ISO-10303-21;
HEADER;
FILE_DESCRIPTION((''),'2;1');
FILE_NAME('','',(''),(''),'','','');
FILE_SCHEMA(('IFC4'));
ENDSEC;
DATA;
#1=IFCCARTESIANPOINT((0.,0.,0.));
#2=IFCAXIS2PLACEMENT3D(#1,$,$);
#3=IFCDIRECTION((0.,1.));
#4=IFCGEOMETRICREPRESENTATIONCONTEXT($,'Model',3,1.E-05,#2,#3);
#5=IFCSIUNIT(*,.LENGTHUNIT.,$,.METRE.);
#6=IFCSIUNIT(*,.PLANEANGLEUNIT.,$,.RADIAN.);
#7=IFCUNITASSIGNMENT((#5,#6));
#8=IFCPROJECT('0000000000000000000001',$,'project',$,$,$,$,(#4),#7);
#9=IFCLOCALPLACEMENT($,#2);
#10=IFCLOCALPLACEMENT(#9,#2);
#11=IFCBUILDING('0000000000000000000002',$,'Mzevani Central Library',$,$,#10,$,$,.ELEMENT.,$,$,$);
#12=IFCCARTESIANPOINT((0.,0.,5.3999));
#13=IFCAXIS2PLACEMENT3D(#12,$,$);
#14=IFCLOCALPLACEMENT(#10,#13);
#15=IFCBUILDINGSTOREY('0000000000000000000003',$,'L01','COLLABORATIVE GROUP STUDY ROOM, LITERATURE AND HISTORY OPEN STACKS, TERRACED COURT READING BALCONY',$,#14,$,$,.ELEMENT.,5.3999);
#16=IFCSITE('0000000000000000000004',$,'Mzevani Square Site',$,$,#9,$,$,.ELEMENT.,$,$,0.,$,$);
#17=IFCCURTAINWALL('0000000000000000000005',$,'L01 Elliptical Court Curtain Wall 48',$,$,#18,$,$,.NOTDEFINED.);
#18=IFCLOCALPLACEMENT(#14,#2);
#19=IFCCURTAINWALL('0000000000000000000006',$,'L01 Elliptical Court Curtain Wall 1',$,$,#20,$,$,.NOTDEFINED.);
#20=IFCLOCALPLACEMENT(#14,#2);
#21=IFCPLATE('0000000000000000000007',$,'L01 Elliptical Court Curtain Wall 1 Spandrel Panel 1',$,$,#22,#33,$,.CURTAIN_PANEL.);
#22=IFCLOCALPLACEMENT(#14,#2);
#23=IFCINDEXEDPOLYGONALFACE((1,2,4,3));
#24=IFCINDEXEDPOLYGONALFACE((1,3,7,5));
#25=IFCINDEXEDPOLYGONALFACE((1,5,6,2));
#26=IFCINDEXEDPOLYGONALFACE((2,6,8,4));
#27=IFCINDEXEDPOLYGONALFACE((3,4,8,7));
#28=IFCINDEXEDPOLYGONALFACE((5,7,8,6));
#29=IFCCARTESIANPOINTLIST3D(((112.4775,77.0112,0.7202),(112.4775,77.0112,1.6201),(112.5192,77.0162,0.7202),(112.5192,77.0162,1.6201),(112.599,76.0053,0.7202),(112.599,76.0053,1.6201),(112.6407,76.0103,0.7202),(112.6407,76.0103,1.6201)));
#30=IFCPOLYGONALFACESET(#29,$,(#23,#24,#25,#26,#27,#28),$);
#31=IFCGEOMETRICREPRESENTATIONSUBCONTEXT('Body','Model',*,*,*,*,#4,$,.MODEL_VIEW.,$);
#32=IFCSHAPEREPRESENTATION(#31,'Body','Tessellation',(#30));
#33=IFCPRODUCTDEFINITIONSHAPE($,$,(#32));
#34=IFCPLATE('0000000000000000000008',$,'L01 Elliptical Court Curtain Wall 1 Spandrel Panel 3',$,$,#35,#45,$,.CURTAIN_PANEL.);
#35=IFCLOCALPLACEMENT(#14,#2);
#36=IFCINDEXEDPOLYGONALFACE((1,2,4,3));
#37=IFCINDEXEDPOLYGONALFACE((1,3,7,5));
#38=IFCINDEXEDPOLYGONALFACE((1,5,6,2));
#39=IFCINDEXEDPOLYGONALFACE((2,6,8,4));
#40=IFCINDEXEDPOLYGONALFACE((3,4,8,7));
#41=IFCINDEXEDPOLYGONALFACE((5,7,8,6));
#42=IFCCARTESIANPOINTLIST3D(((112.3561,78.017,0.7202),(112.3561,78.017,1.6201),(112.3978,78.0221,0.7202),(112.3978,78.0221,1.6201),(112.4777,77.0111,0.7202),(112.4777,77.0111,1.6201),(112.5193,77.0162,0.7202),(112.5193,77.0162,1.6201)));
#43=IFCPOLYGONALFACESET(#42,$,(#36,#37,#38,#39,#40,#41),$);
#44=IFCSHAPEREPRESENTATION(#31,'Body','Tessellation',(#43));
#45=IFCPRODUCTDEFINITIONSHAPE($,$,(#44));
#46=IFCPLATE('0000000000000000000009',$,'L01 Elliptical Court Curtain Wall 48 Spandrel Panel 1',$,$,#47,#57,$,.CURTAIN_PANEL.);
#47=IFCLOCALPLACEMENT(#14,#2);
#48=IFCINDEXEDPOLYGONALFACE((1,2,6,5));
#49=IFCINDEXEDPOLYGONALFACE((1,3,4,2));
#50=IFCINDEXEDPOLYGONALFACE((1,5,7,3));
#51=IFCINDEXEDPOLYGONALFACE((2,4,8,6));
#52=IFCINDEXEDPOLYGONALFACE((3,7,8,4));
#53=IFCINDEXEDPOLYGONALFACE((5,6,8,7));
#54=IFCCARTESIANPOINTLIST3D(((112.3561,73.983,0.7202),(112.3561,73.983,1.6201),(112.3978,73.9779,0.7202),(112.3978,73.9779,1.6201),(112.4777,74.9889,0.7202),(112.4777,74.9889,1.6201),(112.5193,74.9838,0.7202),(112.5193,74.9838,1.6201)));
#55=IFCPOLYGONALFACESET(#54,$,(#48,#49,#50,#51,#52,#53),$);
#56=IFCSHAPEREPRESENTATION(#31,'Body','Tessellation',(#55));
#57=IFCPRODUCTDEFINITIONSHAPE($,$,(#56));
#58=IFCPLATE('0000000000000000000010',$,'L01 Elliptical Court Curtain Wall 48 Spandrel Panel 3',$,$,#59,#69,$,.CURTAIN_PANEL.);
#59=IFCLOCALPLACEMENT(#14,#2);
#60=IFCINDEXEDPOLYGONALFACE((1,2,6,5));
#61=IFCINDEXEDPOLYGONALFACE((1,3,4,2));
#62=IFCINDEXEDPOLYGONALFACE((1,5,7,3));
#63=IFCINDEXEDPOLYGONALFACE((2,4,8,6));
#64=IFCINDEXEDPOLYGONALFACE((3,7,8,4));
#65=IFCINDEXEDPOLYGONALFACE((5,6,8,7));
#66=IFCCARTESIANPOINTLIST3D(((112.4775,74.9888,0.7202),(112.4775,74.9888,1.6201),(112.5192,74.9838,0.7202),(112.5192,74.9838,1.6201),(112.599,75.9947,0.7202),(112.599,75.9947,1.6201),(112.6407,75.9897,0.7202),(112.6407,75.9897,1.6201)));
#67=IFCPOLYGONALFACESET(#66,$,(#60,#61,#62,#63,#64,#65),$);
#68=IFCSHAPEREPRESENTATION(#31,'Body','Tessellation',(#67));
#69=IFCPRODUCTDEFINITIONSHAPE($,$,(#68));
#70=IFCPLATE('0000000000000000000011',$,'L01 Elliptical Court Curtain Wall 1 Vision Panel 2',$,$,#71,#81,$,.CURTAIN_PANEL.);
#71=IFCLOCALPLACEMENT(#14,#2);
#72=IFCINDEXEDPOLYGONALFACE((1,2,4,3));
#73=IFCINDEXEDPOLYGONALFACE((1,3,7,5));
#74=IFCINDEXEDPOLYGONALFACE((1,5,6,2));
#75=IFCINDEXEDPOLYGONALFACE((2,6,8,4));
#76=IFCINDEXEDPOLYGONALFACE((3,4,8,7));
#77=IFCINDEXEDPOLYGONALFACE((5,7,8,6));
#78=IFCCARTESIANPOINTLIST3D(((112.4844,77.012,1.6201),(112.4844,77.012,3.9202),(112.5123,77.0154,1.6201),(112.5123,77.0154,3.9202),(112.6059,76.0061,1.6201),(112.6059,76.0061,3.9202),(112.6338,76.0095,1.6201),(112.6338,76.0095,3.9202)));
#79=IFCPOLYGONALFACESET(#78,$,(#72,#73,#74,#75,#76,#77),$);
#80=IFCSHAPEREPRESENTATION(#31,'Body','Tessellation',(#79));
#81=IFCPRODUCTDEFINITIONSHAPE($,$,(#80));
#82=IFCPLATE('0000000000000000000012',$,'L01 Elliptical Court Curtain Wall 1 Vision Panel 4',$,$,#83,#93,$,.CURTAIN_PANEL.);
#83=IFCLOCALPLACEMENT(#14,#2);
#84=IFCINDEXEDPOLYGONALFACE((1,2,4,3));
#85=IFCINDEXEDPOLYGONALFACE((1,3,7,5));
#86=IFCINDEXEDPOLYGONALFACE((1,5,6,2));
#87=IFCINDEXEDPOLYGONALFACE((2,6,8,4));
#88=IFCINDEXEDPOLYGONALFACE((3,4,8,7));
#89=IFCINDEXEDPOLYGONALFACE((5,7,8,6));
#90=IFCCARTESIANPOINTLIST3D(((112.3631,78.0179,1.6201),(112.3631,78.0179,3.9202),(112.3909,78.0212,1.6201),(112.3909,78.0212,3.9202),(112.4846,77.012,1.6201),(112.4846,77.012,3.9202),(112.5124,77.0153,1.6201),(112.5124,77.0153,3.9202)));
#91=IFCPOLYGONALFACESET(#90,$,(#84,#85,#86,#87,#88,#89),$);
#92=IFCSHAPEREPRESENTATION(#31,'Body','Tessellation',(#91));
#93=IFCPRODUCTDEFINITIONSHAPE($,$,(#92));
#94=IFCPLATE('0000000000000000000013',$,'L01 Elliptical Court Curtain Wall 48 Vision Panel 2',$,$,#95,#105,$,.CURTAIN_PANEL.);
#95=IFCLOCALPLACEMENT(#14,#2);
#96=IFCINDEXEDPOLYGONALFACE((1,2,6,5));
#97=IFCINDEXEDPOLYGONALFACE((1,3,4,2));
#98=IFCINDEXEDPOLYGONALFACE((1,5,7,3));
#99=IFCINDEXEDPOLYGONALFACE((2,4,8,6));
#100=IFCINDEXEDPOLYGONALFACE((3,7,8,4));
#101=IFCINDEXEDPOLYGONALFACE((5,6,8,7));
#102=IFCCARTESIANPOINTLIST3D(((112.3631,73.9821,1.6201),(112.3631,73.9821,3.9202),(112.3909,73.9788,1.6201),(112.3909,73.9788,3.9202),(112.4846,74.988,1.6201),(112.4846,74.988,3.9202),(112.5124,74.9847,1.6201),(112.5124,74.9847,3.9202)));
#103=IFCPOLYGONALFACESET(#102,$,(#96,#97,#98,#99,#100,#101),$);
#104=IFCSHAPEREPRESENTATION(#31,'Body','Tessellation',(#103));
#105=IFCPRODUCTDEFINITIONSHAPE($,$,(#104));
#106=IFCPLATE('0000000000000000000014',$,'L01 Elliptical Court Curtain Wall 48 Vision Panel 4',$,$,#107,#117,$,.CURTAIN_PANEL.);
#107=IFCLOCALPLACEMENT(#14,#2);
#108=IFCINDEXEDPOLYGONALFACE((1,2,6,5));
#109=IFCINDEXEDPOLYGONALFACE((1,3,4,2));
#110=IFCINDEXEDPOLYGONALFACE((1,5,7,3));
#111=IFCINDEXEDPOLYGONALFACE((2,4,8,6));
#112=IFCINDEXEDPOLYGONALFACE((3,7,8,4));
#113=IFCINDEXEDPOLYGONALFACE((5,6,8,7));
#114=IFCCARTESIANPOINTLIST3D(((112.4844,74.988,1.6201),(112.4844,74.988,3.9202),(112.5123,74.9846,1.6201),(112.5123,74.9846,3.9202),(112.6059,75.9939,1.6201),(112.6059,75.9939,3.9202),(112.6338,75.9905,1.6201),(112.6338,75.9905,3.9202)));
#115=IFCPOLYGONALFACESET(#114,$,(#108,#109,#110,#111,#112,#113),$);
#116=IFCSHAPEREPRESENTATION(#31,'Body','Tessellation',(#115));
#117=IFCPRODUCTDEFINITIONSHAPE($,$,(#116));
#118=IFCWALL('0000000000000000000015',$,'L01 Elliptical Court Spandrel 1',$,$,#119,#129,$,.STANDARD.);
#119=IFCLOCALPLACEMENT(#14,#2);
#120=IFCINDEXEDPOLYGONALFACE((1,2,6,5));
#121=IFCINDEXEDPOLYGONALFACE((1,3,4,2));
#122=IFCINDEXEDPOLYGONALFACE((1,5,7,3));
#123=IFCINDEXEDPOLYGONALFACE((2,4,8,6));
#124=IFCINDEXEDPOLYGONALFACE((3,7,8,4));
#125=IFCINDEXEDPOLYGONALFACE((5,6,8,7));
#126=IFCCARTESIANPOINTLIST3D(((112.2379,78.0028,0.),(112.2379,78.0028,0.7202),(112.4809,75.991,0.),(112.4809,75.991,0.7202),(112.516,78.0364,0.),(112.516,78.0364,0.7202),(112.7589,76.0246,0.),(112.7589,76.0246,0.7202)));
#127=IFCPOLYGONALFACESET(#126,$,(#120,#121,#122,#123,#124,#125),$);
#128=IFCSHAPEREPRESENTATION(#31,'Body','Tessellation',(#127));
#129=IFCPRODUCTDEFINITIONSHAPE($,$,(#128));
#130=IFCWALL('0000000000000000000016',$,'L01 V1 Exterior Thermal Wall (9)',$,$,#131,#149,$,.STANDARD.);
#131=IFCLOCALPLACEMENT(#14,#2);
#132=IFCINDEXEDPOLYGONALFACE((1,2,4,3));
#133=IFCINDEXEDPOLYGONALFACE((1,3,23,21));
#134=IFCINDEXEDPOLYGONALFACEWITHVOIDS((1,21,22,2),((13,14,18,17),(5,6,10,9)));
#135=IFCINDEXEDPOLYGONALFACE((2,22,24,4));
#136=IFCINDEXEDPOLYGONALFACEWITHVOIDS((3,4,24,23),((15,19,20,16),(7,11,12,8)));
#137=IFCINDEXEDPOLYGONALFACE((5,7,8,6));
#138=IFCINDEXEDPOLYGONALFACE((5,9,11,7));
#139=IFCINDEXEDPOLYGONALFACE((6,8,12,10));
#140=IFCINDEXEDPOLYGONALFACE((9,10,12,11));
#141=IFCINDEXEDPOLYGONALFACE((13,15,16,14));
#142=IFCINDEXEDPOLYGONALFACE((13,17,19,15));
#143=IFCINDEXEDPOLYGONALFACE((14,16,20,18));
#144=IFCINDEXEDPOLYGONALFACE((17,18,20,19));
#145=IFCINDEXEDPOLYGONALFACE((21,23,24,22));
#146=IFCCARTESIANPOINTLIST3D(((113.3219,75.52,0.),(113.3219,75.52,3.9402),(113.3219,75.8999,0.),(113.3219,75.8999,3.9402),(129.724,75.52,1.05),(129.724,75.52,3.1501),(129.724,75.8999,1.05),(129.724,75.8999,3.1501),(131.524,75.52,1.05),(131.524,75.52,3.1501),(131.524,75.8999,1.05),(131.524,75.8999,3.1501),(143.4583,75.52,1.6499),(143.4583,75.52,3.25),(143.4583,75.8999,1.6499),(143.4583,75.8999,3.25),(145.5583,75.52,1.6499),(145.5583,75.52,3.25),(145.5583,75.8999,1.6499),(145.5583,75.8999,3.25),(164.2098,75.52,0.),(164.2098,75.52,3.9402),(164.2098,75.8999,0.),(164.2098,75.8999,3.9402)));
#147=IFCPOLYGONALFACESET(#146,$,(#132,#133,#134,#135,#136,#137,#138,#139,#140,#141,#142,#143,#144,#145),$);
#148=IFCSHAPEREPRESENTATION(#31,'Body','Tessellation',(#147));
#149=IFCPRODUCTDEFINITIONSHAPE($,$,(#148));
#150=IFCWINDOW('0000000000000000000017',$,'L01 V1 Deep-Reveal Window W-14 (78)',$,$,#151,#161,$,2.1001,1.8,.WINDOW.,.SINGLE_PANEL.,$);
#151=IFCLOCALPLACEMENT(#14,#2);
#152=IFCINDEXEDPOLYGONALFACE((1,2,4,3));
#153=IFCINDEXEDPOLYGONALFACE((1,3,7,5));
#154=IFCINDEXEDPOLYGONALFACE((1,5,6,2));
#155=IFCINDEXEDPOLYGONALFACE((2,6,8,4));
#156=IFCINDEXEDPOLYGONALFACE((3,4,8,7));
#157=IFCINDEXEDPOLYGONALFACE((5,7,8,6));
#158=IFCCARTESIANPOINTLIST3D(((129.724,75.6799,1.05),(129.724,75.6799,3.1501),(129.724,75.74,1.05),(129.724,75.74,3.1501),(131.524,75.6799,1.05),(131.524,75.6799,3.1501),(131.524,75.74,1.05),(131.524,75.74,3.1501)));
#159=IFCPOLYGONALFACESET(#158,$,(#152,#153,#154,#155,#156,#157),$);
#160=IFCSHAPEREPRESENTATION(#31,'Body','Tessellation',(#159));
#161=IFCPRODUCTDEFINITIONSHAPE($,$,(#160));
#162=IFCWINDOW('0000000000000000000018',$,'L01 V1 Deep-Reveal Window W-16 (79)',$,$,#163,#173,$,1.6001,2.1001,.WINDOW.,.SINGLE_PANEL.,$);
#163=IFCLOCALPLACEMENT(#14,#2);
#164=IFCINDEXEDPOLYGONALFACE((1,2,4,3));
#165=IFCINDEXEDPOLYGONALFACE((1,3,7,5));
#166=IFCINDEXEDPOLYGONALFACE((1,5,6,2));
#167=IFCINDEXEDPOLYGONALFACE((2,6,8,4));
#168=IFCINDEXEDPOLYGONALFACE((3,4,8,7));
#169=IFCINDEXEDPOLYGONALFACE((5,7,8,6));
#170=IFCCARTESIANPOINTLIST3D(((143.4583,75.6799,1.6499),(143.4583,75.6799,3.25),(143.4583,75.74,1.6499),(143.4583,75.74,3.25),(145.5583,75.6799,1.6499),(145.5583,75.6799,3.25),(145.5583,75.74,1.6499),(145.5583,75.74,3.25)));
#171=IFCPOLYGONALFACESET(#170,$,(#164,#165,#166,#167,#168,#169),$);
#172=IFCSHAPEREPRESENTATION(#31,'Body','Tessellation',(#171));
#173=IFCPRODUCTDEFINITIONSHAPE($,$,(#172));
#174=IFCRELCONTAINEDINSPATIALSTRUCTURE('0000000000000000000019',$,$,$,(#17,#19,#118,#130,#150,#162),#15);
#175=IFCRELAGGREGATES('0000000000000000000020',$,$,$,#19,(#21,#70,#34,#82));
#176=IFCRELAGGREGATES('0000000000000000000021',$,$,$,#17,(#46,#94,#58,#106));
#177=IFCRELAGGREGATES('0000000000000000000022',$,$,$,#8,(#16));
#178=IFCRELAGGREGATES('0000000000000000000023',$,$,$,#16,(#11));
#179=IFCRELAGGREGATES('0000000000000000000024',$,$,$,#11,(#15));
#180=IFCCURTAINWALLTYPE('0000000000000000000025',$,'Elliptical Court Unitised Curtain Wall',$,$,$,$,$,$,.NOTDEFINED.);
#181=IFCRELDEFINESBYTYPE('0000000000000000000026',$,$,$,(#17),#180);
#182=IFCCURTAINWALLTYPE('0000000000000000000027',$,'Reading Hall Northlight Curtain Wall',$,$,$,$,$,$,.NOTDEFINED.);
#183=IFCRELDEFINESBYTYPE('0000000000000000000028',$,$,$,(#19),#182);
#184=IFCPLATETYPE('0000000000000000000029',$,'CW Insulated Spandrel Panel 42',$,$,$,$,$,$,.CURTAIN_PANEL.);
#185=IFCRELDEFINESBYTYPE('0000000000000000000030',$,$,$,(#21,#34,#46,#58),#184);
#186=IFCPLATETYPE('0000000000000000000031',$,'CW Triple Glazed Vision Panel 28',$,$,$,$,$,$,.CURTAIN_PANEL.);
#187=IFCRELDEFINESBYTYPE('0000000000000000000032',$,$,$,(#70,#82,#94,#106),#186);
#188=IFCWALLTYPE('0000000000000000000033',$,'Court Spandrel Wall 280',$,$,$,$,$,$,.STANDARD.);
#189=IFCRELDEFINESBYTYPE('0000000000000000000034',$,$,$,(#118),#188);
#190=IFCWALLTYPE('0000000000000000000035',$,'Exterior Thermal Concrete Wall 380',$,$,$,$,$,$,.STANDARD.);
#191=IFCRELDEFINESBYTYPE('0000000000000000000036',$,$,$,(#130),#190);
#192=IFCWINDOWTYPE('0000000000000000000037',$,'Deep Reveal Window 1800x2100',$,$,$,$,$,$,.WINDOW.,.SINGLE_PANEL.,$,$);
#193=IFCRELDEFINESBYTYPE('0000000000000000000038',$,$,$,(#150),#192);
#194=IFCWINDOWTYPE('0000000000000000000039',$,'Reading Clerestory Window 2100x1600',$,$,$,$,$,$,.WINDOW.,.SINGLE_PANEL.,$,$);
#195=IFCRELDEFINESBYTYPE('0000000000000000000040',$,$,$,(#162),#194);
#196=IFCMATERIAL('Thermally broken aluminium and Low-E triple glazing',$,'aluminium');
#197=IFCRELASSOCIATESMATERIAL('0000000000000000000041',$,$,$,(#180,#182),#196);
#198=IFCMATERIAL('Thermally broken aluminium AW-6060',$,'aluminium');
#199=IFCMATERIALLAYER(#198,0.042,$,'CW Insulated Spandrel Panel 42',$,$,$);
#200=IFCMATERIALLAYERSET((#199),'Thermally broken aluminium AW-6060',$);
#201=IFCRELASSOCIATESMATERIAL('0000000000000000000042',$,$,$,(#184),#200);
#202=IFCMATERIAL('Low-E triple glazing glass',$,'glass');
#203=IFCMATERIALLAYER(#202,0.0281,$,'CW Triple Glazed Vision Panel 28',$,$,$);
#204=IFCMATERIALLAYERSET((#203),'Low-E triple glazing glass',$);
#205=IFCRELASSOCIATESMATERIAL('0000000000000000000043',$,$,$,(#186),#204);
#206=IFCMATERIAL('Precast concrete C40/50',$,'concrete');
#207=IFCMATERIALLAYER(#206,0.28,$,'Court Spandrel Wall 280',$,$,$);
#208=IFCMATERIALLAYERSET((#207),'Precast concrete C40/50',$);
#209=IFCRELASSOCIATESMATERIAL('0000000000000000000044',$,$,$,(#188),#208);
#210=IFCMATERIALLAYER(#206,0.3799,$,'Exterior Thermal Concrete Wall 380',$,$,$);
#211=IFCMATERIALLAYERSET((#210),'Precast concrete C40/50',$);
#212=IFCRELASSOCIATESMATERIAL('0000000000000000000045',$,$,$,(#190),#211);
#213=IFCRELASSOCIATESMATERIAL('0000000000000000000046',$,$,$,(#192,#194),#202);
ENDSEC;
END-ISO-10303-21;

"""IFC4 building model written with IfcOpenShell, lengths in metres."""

from ifc_helpers import new_model, si_unit, direction, frame, frame_2d, origin, origin_2d, place, context, subcontext, project, spatial, rectangle, extrude, material, layer, layer_set, type_object, element, fill, aggregate, save


model = new_model("IFC4")

# Units and contexts
model_context = context("Model", 3, precision=1e-05, world=origin(), true_north=direction((0.0, 1.0)))
body_context = subcontext(model_context, "Body", "Model", "MODEL_VIEW")
ifc_project = project(units=[si_unit("LENGTHUNIT", "METRE"), si_unit("PLANEANGLEUNIT", "RADIAN")], contexts=[model_context])

# Site, building, storey
site_placement = place(None, origin())
site = spatial("IfcSite", under=ifc_project, at=site_placement, Name="Mzevani Square Site", CompositionType="ELEMENT", RefElevation=0.0)
building_placement = place(site_placement, origin())
building = spatial("IfcBuilding", under=site, at=building_placement, Name="Mzevani Central Library", CompositionType="ELEMENT")
storey_placement = place(building_placement, frame((0.0, 0.0, 5.3999)))
storey = spatial("IfcBuildingStorey", under=building, at=storey_placement, Name="L01", Description="COLLABORATIVE GROUP STUDY ROOM, LITERATURE AND HISTORY OPEN STACKS, TERRACED COURT READING BALCONY", CompositionType="ELEMENT", Elevation=5.3999)

# Curtain walls
ifc_material_1 = material(Name="Thermally broken aluminium and Low-E triple glazing", Category="aluminium")
curtain_wall_type_1 = type_object("IfcCurtainWallType", Name="Elliptical Court Unitised Curtain Wall", PredefinedType="NOTDEFINED", material=ifc_material_1)
curtain_wall_1_placement = place(storey_placement, origin())
curtain_wall_1 = element("IfcCurtainWall", 1, at=curtain_wall_1_placement, inside=storey, type_object=curtain_wall_type_1, Name="L01 Elliptical Court Curtain Wall 48", PredefinedType="NOTDEFINED")
ifc_material_2 = material(Name="Thermally broken aluminium AW-6060", Category="aluminium")
curtain_wall_type_2 = type_object("IfcCurtainWallType", Name="Reading Hall Northlight Curtain Wall", PredefinedType="NOTDEFINED", material=ifc_material_1)
curtain_wall_2_placement = place(storey_placement, origin())
curtain_wall_2 = element("IfcCurtainWall", 2, at=curtain_wall_2_placement, inside=storey, type_object=curtain_wall_type_2, Name="L01 Elliptical Court Curtain Wall 1", PredefinedType="NOTDEFINED")

# Shared definitions
ifc_material_3 = material(Name="Precast concrete C40/50", Category="concrete")

# Plates
ifc_layer_1 = layer(ifc_material_2, 0.042, Name="CW Insulated Spandrel Panel 42")
ifc_layer_set_1 = layer_set([ifc_layer_1], Name="Thermally broken aluminium AW-6060")
plate_type_1 = type_object("IfcPlateType", Name="CW Insulated Spandrel Panel 42", PredefinedType="CURTAIN_PANEL", material=ifc_layer_set_1)
plate_1_placement = place(storey_placement, frame((112.5591, 76.5107, 0.7202), z_axis=(0.0, 0.0, 1.0), x_axis=(-0.119922, 0.992783, 0.0)))
plate_1 = element("IfcPlate", 3, at=plate_1_placement, type_object=plate_type_1, Name="L01 Elliptical Court Curtain Wall 1 Spandrel Panel 1", PredefinedType="CURTAIN_PANEL", context=body_context, shape_type="SweptSolid", body=[
    extrude(rectangle(XDim=1.0132, YDim=0.042, at=origin_2d()), origin(), (0.0, 0.0, 1.0), 0.8999),
])
plate_2_placement = place(storey_placement, frame((112.4377, 77.5166, 0.7202), z_axis=(0.0, 0.0, 1.0), x_axis=(-0.119922, 0.992783, 0.0)))
plate_2 = element("IfcPlate", 4, at=plate_2_placement, type_object=plate_type_1, Name="L01 Elliptical Court Curtain Wall 1 Spandrel Panel 3", PredefinedType="CURTAIN_PANEL", context=body_context, shape_type="SweptSolid", body=[
    extrude(rectangle(XDim=1.0132, YDim=0.042, at=origin_2d()), origin(), (0.0, 0.0, 1.0), 0.8999),
])
plate_3_placement = place(storey_placement, frame((112.4377, 74.4834, 0.7202), z_axis=(0.0, 0.0, 1.0), x_axis=(0.119922, 0.992783, 0.0)))
plate_3 = element("IfcPlate", 5, at=plate_3_placement, type_object=plate_type_1, Name="L01 Elliptical Court Curtain Wall 48 Spandrel Panel 1", PredefinedType="CURTAIN_PANEL", context=body_context, shape_type="SweptSolid", body=[
    extrude(rectangle(XDim=1.0132, YDim=0.042, at=origin_2d()), origin(), (0.0, 0.0, 1.0), 0.8999),
])
plate_4_placement = place(storey_placement, frame((112.5591, 75.4893, 0.7202), z_axis=(0.0, 0.0, 1.0), x_axis=(0.119922, 0.992783, 0.0)))
plate_4 = element("IfcPlate", 6, at=plate_4_placement, type_object=plate_type_1, Name="L01 Elliptical Court Curtain Wall 48 Spandrel Panel 3", PredefinedType="CURTAIN_PANEL", context=body_context, shape_type="SweptSolid", body=[
    extrude(rectangle(XDim=1.0132, YDim=0.042, at=origin_2d()), origin(), (0.0, 0.0, 1.0), 0.8999),
])
ifc_material_4 = material(Name="Low-E triple glazing glass", Category="glass")
ifc_layer_2 = layer(ifc_material_4, 0.0281, Name="CW Triple Glazed Vision Panel 28")
ifc_layer_set_2 = layer_set([ifc_layer_2], Name="Low-E triple glazing glass")
plate_type_2 = type_object("IfcPlateType", Name="CW Triple Glazed Vision Panel 28", PredefinedType="CURTAIN_PANEL", material=ifc_layer_set_2)
plate_5_placement = place(storey_placement, frame((112.5591, 76.5107, 1.6201), z_axis=(0.0, 0.0, 1.0), x_axis=(-0.119922, 0.992783, 0.0)))
plate_5 = element("IfcPlate", 7, at=plate_5_placement, type_object=plate_type_2, Name="L01 Elliptical Court Curtain Wall 1 Vision Panel 2", PredefinedType="CURTAIN_PANEL", context=body_context, shape_type="SweptSolid", body=[
    extrude(rectangle(XDim=1.0132, YDim=0.0281, at=origin_2d()), origin(), (0.0, 0.0, 1.0), 2.3),
])
plate_6_placement = place(storey_placement, frame((112.4377, 77.5166, 1.6201), z_axis=(0.0, 0.0, 1.0), x_axis=(-0.119922, 0.992783, 0.0)))
plate_6 = element("IfcPlate", 8, at=plate_6_placement, type_object=plate_type_2, Name="L01 Elliptical Court Curtain Wall 1 Vision Panel 4", PredefinedType="CURTAIN_PANEL", context=body_context, shape_type="SweptSolid", body=[
    extrude(rectangle(XDim=1.0132, YDim=0.0281, at=origin_2d()), origin(), (0.0, 0.0, 1.0), 2.3),
])
aggregate(curtain_wall_2, [plate_1, plate_5, plate_2, plate_6])
plate_7_placement = place(storey_placement, frame((112.4377, 74.4834, 1.6201), z_axis=(0.0, 0.0, 1.0), x_axis=(0.119922, 0.992783, 0.0)))
plate_7 = element("IfcPlate", 9, at=plate_7_placement, type_object=plate_type_2, Name="L01 Elliptical Court Curtain Wall 48 Vision Panel 2", PredefinedType="CURTAIN_PANEL", context=body_context, shape_type="SweptSolid", body=[
    extrude(rectangle(XDim=1.0132, YDim=0.0281, at=origin_2d()), origin(), (0.0, 0.0, 1.0), 2.3),
])
plate_8_placement = place(storey_placement, frame((112.5591, 75.4893, 1.6201), z_axis=(0.0, 0.0, 1.0), x_axis=(0.119922, 0.992783, 0.0)))
plate_8 = element("IfcPlate", 10, at=plate_8_placement, type_object=plate_type_2, Name="L01 Elliptical Court Curtain Wall 48 Vision Panel 4", PredefinedType="CURTAIN_PANEL", context=body_context, shape_type="SweptSolid", body=[
    extrude(rectangle(XDim=1.0132, YDim=0.0281, at=origin_2d()), origin(), (0.0, 0.0, 1.0), 2.3),
])
aggregate(curtain_wall_1, [plate_3, plate_7, plate_4, plate_8])

# Wall
ifc_layer_3 = layer(ifc_material_3, 0.28, Name="Court Spandrel Wall 280")
ifc_layer_set_3 = layer_set([ifc_layer_3], Name="Precast concrete C40/50")
wall_type_1 = type_object("IfcWallType", Name="Court Spandrel Wall 280", PredefinedType="STANDARD", material=ifc_layer_set_3)
wall_1_placement = place(storey_placement, frame((112.6199, 76.0078, 0.0), z_axis=(0.0, 0.0, 1.0), x_axis=(-0.119882, 0.992788, 0.0)))
element("IfcWall", 11, at=wall_1_placement, inside=storey, type_object=wall_type_1, Name="L01 Elliptical Court Spandrel 1", PredefinedType="STANDARD", context=body_context, shape_type="SweptSolid", body=[
    extrude(rectangle(XDim=2.0264, YDim=0.28, at=frame_2d((1.0132, 0.0))), origin(), (0.0, 0.0, 1.0), 0.7202),
])

# Wall, openings, windows
ifc_layer_4 = layer(ifc_material_3, 0.3799, Name="Exterior Thermal Concrete Wall 380")
ifc_layer_set_4 = layer_set([ifc_layer_4], Name="Precast concrete C40/50")
wall_type_2 = type_object("IfcWallType", Name="Exterior Thermal Concrete Wall 380", PredefinedType="STANDARD", material=ifc_layer_set_4)
wall_2_placement = place(storey_placement, frame((113.322, 75.71, 0.0), z_axis=(0.0, 0.0, 1.0), x_axis=(1.0, 0.0, 0.0)))
wall_2 = element("IfcWall", 12, at=wall_2_placement, inside=storey, type_object=wall_type_2, Name="L01 V1 Exterior Thermal Wall (9)", PredefinedType="STANDARD", context=body_context, shape_type="SweptSolid", body=[
    extrude(rectangle(XDim=50.8879, YDim=0.3799, at=frame_2d((25.4438, 0.0))), origin(), (0.0, 0.0, 1.0), 3.9402),
])
opening_1_placement = place(wall_2_placement, frame((16.4021, 0.0, 1.05)))
opening_1 = element("IfcOpeningElement", 13, at=opening_1_placement, cuts=wall_2, PredefinedType="OPENING", context=body_context, shape_type="SweptSolid", body=[
    extrude(rectangle(XDim=1.8, YDim=2.1001, at=frame_2d((0.8999, 1.05))), frame((0.0, 0.2, 0.0), z_axis=(0.0, -1.0, 0.0), x_axis=(1.0, 0.0, 0.0)), (0.0, 0.0, 1.0), 0.3999),
])
opening_2_placement = place(wall_2_placement, frame((30.1362, 0.0, 1.6499)))
opening_2 = element("IfcOpeningElement", 14, at=opening_2_placement, cuts=wall_2, PredefinedType="OPENING", context=body_context, shape_type="SweptSolid", body=[
    extrude(rectangle(XDim=2.1001, YDim=1.6001, at=frame_2d((1.05, 0.8))), frame((0.0, 0.2, 0.0), z_axis=(0.0, -1.0, 0.0), x_axis=(1.0, 0.0, 0.0)), (0.0, 0.0, 1.0), 0.3999),
])
window_type_1 = type_object("IfcWindowType", Name="Deep Reveal Window 1800x2100", PartitioningType="SINGLE_PANEL", PredefinedType="WINDOW", material=ifc_material_4)
window_1_placement = place(opening_1_placement, origin())
window_1 = element("IfcWindow", 15, at=window_1_placement, inside=storey, type_object=window_type_1, Name="L01 V1 Deep-Reveal Window W-14 (78)", OverallHeight=2.1001, OverallWidth=1.8, PartitioningType="SINGLE_PANEL", PredefinedType="WINDOW", context=body_context, shape_type="SweptSolid", body=[
    extrude(rectangle(XDim=1.8, YDim=2.1001, at=frame_2d((0.8999, 1.05))), frame((0.0, 0.03, 0.0), z_axis=(0.0, -1.0, 0.0), x_axis=(1.0, 0.0, 0.0)), (0.0, 0.0, 1.0), 0.0601),
])
fill(opening_1, window_1)
window_type_2 = type_object("IfcWindowType", Name="Reading Clerestory Window 2100x1600", PartitioningType="SINGLE_PANEL", PredefinedType="WINDOW", material=ifc_material_4)
window_2_placement = place(opening_2_placement, origin())
window_2 = element("IfcWindow", 16, at=window_2_placement, inside=storey, type_object=window_type_2, Name="L01 V1 Deep-Reveal Window W-16 (79)", OverallHeight=1.6001, OverallWidth=2.1001, PartitioningType="SINGLE_PANEL", PredefinedType="WINDOW", context=body_context, shape_type="SweptSolid", body=[
    extrude(rectangle(XDim=2.1001, YDim=1.6001, at=frame_2d((1.05, 0.8))), frame((0.0, 0.03, 0.0), z_axis=(0.0, -1.0, 0.0), x_axis=(1.0, 0.0, 0.0)), (0.0, 0.0, 1.0), 0.0601),
])
fill(opening_2, window_2)

save(model, "model.ifc")
